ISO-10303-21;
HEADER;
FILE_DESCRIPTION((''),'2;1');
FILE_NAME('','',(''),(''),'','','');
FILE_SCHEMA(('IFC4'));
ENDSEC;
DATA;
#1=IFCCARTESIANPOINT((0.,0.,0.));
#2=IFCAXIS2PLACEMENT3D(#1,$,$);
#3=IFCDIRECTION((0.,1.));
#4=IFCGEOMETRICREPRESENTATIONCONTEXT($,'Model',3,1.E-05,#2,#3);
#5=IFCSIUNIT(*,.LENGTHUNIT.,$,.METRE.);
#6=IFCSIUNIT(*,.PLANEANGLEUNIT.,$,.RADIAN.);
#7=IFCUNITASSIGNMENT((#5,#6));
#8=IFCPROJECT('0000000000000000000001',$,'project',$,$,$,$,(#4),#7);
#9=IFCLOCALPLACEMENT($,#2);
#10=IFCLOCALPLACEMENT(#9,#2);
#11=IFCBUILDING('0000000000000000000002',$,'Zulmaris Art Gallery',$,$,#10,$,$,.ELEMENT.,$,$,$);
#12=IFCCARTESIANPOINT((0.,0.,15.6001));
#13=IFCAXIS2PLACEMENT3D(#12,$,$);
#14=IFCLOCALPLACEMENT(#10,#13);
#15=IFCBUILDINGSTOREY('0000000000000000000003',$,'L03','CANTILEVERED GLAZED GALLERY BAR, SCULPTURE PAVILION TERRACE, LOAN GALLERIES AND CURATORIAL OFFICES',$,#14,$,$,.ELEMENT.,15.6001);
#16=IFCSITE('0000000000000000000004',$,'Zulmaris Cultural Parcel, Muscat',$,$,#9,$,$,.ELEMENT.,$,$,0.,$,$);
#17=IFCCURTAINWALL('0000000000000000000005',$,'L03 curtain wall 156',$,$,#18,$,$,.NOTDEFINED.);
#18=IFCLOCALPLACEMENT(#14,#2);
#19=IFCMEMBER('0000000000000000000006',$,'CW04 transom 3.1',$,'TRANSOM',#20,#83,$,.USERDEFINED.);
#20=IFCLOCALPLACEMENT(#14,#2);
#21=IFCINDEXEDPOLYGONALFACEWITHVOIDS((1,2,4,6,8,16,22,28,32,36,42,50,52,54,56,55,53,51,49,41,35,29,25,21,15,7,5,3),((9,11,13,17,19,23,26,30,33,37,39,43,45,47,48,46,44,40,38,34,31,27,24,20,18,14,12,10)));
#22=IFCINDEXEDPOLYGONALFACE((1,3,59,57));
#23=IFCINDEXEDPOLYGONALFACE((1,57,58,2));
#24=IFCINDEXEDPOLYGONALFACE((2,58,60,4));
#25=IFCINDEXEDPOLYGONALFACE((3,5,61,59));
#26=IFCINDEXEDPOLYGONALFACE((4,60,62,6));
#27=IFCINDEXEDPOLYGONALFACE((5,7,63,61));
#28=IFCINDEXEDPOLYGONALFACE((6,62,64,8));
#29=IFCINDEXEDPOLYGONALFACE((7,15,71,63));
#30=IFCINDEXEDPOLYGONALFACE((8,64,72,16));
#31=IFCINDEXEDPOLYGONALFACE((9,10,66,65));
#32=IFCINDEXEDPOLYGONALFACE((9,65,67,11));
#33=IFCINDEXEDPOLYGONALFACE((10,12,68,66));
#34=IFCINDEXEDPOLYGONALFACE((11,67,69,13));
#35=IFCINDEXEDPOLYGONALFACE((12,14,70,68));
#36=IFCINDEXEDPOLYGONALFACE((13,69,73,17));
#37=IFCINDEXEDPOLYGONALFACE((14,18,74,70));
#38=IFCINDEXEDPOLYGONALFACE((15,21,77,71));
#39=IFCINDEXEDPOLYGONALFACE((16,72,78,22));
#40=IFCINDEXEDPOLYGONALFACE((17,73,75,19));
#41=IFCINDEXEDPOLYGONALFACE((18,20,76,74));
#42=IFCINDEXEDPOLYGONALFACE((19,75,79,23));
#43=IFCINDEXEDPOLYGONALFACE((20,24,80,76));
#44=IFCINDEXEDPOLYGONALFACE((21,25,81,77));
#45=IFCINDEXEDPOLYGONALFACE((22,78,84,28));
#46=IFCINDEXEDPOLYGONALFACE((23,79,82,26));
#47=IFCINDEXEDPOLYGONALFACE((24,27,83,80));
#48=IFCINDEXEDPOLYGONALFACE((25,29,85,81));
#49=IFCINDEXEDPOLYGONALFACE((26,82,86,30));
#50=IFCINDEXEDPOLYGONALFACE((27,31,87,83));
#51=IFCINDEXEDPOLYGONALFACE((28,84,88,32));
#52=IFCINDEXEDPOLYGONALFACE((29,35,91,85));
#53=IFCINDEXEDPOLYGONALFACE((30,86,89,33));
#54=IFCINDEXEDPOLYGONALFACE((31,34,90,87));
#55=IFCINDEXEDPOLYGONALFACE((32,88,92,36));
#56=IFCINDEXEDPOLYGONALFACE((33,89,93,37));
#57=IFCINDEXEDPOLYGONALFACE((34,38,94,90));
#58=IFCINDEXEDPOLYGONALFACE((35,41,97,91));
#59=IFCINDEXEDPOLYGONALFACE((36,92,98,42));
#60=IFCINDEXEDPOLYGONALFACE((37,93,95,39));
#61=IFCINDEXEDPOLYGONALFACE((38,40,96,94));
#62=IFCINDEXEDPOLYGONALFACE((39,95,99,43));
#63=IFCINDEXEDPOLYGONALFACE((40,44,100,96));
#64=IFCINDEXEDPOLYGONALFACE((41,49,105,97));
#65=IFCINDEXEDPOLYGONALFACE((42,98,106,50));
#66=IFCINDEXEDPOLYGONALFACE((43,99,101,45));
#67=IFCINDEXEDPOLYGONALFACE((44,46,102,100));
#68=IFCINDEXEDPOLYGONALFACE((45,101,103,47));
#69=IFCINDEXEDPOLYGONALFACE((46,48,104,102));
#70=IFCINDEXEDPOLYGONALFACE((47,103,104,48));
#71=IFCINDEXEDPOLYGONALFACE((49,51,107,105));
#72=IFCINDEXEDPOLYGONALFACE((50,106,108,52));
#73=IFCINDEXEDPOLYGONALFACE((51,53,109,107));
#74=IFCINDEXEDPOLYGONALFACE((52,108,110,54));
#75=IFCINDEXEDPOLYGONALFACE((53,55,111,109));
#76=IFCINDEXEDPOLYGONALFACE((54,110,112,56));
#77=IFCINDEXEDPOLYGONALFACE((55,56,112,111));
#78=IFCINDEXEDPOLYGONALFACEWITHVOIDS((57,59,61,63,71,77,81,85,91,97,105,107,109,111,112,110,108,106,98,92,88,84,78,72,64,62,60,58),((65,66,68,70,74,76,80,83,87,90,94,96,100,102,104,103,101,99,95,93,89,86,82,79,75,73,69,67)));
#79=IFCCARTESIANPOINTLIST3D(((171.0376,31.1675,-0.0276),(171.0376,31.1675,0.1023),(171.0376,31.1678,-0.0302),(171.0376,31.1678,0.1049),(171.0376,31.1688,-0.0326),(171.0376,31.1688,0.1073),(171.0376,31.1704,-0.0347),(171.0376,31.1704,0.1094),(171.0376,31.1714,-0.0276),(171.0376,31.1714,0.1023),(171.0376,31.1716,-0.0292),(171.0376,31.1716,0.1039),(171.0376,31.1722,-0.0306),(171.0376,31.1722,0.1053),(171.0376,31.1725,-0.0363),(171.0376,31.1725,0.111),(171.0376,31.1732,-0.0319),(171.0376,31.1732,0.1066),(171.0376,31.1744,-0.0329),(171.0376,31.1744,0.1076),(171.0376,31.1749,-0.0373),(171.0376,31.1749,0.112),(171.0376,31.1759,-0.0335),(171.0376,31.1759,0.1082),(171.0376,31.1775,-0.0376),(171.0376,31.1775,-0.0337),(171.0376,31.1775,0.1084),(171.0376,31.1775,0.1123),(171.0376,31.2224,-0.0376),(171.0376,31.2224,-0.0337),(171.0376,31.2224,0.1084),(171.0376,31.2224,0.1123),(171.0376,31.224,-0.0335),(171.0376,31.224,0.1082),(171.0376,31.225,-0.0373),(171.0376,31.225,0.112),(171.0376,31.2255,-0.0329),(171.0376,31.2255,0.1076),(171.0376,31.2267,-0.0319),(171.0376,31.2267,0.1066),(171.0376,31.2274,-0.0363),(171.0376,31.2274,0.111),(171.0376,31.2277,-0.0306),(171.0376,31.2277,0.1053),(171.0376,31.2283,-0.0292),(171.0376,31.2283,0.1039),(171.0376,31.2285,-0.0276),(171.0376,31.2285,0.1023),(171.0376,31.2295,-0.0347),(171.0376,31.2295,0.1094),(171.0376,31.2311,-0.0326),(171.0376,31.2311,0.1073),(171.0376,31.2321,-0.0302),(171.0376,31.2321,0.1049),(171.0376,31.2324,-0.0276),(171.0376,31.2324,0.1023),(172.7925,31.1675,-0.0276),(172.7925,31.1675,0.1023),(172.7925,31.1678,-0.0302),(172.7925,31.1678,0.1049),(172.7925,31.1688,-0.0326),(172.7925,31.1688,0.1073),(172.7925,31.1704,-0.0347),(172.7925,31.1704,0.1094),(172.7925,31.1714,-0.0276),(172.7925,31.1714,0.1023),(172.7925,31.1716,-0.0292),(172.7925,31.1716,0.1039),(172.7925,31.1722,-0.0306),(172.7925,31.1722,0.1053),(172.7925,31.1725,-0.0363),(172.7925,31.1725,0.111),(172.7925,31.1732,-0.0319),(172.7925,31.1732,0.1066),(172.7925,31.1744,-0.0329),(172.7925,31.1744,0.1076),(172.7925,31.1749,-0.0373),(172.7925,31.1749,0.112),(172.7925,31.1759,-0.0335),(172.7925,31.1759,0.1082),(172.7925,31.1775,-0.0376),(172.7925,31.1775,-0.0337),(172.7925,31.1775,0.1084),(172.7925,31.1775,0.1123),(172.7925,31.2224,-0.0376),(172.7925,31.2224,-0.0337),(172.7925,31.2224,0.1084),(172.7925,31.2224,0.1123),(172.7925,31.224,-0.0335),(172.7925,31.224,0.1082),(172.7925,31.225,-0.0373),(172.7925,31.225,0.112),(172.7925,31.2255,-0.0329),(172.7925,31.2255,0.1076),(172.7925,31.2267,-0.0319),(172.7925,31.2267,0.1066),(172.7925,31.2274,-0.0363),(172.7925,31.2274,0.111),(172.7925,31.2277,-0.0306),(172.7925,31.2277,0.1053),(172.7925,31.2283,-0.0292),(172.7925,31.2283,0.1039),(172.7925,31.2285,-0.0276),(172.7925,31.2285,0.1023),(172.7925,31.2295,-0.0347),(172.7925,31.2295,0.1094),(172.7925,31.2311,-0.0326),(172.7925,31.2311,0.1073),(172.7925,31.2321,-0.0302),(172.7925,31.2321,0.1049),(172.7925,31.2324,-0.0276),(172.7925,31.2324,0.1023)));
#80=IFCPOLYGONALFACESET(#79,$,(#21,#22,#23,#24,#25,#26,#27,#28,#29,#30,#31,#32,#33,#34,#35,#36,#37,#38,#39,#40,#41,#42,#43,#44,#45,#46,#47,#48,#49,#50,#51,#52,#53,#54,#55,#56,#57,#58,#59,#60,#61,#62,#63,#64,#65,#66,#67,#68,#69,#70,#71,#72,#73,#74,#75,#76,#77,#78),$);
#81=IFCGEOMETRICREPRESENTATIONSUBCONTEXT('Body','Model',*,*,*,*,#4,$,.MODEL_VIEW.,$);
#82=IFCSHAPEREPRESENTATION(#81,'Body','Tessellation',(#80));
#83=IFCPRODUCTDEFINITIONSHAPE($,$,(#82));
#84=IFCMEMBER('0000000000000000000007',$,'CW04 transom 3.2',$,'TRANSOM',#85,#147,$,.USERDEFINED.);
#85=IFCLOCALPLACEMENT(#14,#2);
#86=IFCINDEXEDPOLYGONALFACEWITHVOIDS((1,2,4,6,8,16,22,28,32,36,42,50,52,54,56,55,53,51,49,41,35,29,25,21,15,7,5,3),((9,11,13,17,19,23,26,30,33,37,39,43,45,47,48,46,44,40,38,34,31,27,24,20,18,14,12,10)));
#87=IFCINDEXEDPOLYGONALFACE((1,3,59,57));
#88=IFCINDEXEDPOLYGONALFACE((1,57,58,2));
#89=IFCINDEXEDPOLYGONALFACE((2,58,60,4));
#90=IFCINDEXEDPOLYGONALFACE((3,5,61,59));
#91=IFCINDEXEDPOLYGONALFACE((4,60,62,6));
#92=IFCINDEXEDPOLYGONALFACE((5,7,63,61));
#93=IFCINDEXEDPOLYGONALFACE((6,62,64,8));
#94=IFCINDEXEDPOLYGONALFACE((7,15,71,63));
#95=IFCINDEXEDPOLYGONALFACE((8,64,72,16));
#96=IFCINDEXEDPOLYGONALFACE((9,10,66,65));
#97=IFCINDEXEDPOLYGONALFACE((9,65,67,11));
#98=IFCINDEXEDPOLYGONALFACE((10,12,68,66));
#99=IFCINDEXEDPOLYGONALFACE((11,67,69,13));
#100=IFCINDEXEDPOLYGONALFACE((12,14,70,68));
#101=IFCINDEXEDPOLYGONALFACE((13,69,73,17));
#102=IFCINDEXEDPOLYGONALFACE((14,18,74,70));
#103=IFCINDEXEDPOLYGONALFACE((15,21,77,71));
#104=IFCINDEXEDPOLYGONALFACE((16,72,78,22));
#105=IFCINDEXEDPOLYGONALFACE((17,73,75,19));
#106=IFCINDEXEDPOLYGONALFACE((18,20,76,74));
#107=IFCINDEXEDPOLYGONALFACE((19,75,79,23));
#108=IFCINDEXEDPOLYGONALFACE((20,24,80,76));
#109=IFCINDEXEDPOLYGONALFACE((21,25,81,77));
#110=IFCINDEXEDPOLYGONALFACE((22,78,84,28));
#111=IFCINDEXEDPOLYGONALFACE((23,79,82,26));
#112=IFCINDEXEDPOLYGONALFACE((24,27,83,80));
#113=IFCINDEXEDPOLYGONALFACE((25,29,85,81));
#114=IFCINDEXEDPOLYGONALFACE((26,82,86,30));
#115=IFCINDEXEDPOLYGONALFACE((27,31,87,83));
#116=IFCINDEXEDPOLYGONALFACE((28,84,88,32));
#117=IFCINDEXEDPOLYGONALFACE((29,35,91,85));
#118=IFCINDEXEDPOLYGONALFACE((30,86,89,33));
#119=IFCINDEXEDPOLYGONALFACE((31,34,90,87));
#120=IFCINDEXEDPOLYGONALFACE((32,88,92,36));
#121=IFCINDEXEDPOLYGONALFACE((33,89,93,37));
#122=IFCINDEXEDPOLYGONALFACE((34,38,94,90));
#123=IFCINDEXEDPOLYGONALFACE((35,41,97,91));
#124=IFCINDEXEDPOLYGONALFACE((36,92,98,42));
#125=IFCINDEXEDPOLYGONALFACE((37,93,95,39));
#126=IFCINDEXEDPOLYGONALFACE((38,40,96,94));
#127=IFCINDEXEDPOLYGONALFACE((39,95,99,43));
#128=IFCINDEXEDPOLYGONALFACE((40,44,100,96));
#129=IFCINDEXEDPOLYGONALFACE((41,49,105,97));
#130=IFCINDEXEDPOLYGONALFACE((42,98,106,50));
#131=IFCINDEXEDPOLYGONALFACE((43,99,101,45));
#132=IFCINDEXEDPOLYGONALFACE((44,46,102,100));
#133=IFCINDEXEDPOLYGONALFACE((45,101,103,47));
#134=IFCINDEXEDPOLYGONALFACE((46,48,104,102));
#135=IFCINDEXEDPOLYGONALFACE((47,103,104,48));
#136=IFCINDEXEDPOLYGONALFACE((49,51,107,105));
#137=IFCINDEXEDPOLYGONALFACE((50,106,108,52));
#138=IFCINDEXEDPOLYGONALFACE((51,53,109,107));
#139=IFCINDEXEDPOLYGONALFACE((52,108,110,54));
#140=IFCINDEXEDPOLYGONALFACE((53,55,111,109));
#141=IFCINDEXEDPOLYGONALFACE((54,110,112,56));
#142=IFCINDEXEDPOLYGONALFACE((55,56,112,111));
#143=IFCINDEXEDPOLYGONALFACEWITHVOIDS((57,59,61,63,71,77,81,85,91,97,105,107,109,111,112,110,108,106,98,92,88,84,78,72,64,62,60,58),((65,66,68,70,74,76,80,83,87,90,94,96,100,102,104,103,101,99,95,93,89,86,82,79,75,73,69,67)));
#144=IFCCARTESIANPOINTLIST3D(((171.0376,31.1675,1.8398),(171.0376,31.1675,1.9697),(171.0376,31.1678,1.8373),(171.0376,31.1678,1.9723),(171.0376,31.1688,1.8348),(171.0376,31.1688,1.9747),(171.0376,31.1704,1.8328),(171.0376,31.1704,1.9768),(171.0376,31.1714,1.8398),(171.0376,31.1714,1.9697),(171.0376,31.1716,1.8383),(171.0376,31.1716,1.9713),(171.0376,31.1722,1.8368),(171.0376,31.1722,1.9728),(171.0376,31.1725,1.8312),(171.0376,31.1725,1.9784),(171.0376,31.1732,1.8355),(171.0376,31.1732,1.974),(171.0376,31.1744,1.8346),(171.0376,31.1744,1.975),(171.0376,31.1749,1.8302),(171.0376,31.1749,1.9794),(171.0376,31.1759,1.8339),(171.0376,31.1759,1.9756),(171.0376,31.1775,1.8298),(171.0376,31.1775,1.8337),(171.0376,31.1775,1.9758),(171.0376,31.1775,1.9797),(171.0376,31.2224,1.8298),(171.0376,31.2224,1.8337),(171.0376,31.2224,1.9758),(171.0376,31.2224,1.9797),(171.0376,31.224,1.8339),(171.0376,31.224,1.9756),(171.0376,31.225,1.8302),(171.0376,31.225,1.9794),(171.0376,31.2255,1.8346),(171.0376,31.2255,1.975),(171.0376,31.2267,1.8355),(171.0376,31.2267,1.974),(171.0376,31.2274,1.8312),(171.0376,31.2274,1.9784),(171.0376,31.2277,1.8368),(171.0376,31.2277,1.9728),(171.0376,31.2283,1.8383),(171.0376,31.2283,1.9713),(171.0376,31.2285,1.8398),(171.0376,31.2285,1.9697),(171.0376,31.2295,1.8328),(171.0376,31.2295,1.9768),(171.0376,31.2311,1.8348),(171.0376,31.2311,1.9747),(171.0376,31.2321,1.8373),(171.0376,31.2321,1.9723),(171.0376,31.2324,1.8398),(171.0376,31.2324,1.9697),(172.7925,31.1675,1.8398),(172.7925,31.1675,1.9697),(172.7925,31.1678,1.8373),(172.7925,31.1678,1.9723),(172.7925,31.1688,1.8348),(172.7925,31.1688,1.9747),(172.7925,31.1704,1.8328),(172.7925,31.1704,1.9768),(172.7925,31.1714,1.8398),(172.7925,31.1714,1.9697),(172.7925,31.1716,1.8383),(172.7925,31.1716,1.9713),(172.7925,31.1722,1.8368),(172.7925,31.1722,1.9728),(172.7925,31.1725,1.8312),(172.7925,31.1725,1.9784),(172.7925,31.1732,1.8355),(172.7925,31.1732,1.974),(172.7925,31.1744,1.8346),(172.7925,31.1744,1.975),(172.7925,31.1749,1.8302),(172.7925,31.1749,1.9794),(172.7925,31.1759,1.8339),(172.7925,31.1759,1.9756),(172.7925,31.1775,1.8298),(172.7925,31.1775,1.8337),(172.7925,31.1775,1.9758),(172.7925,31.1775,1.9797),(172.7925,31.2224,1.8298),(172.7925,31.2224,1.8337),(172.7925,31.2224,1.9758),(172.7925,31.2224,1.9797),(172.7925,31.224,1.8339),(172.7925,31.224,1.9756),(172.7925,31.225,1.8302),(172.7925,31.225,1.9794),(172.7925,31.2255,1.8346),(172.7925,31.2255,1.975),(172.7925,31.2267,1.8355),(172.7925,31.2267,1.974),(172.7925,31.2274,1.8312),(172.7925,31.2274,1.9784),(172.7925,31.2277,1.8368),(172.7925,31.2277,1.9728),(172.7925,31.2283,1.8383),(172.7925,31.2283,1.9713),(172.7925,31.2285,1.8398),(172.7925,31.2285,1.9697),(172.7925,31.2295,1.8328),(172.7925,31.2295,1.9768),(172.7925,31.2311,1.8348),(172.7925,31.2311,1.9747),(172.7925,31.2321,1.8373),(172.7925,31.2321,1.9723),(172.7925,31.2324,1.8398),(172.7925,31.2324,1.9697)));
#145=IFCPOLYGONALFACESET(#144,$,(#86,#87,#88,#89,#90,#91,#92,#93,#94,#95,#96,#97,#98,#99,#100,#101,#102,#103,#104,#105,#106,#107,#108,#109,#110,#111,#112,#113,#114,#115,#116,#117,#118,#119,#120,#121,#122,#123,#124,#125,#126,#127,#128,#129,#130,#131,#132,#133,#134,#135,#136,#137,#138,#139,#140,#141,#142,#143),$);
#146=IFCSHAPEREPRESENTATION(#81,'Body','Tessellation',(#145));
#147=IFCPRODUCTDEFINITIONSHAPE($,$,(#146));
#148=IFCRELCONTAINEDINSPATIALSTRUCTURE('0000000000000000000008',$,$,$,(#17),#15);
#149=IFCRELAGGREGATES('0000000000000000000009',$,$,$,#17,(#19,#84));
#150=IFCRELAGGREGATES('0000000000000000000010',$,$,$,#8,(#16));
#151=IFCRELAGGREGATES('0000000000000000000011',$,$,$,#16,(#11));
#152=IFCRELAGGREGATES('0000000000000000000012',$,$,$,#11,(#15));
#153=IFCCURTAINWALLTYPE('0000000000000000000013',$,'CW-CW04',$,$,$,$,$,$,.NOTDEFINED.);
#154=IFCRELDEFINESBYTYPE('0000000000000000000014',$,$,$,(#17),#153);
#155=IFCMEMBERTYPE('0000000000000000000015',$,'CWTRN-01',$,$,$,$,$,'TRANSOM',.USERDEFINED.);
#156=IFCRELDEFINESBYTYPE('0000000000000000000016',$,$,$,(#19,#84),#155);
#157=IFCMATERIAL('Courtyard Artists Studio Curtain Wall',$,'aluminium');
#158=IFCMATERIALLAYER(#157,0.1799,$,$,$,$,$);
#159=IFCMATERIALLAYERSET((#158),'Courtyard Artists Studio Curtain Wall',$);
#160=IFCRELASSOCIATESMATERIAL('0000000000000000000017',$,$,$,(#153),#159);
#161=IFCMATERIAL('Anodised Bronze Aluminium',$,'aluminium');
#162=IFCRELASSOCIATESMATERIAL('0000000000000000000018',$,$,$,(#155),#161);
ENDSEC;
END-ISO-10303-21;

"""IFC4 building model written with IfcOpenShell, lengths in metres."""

from ifc_helpers import new_model, si_unit, direction, frame, origin, origin_2d, place, context, subcontext, project, spatial, hollow_rectangle, extrude, material, layer, layer_set, material_profile, profile_set, type_object, element, aggregate, save


model = new_model("IFC4")

# Units and contexts
model_context = context("Model", 3, precision=1e-05, world=origin(), true_north=direction((0.0, 1.0)))
body_context = subcontext(model_context, "Body", "Model", "MODEL_VIEW")
ifc_project = project(units=[si_unit("LENGTHUNIT", "METRE"), si_unit("PLANEANGLEUNIT", "RADIAN")], contexts=[model_context])

# Site, building, storey
site_placement = place(None, origin())
site = spatial("IfcSite", under=ifc_project, at=site_placement, Name="Zulmaris Cultural Parcel, Muscat", CompositionType="ELEMENT", RefElevation=0.0)
building_placement = place(site_placement, origin())
building = spatial("IfcBuilding", under=site, at=building_placement, Name="Zulmaris Art Gallery", CompositionType="ELEMENT")
storey_placement = place(building_placement, frame((0.0, 0.0, 15.6001)))
storey = spatial("IfcBuildingStorey", under=building, at=storey_placement, Name="L03", Description="CANTILEVERED GLAZED GALLERY BAR, SCULPTURE PAVILION TERRACE, LOAN GALLERIES AND CURATORIAL OFFICES", CompositionType="ELEMENT", Elevation=15.6001)

# Shared definitions
ifc_material_1 = material(Name="Courtyard Artists Studio Curtain Wall", Category="aluminium")
ifc_layer_1 = layer(ifc_material_1, 0.1799)
ifc_layer_set_1 = layer_set([ifc_layer_1], Name="Courtyard Artists Studio Curtain Wall")
curtain_wall_type = type_object("IfcCurtainWallType", Name="CW-CW04", PredefinedType="NOTDEFINED", material=ifc_layer_set_1)
ifc_material_2 = material(Name="Anodised Bronze Aluminium", Category="aluminium")

# Curtain wall
curtain_wall_1_placement = place(storey_placement, origin())
curtain_wall_1 = element("IfcCurtainWall", 1, at=curtain_wall_1_placement, inside=storey, type_object=curtain_wall_type, Name="L03 curtain wall 156", PredefinedType="NOTDEFINED")

# Members
ifc_material_profile_1 = material_profile(ifc_material_2, hollow_rectangle(XDim=0.0649, YDim=0.1499, WallThickness=0.0039, InnerFilletRadius=0.0061, OuterFilletRadius=0.01, at=origin_2d()), Name="ALU 65x150x4")
ifc_profile_set_1 = profile_set([ifc_material_profile_1], Name="Anodised Bronze Aluminium")
member_type_1 = type_object("IfcMemberType", Name="CWTRN-01", ElementType="TRANSOM", PredefinedType="USERDEFINED", material=ifc_profile_set_1)
member_1_placement = place(storey_placement, frame((171.0376, 31.2, 0.0374), z_axis=(1.0, 0.0, 0.0), x_axis=(0.0, 1.0, 0.0)))
member_1 = element("IfcMember", 2, at=member_1_placement, type_object=member_type_1, Name="CW04 transom 3.1", ObjectType="TRANSOM", PredefinedType="USERDEFINED", context=body_context, shape_type="SweptSolid", body=[
    extrude(hollow_rectangle(XDim=0.0649, YDim=0.1499, WallThickness=0.0039, InnerFilletRadius=0.0061, OuterFilletRadius=0.01, at=origin_2d()), origin(), (0.0, 0.0, 1.0), 1.7549),
])
member_2_placement = place(storey_placement, frame((171.0376, 31.2, 1.9048), z_axis=(1.0, 0.0, 0.0), x_axis=(0.0, 1.0, 0.0)))
member_2 = element("IfcMember", 3, at=member_2_placement, type_object=member_type_1, Name="CW04 transom 3.2", ObjectType="TRANSOM", PredefinedType="USERDEFINED", context=body_context, shape_type="SweptSolid", body=[
    extrude(hollow_rectangle(XDim=0.0649, YDim=0.1499, WallThickness=0.0039, InnerFilletRadius=0.0061, OuterFilletRadius=0.01, at=origin_2d()), origin(), (0.0, 0.0, 1.0), 1.7549),
])

aggregate(curtain_wall_1, [member_1, member_2])

save(model, "model.ifc")
